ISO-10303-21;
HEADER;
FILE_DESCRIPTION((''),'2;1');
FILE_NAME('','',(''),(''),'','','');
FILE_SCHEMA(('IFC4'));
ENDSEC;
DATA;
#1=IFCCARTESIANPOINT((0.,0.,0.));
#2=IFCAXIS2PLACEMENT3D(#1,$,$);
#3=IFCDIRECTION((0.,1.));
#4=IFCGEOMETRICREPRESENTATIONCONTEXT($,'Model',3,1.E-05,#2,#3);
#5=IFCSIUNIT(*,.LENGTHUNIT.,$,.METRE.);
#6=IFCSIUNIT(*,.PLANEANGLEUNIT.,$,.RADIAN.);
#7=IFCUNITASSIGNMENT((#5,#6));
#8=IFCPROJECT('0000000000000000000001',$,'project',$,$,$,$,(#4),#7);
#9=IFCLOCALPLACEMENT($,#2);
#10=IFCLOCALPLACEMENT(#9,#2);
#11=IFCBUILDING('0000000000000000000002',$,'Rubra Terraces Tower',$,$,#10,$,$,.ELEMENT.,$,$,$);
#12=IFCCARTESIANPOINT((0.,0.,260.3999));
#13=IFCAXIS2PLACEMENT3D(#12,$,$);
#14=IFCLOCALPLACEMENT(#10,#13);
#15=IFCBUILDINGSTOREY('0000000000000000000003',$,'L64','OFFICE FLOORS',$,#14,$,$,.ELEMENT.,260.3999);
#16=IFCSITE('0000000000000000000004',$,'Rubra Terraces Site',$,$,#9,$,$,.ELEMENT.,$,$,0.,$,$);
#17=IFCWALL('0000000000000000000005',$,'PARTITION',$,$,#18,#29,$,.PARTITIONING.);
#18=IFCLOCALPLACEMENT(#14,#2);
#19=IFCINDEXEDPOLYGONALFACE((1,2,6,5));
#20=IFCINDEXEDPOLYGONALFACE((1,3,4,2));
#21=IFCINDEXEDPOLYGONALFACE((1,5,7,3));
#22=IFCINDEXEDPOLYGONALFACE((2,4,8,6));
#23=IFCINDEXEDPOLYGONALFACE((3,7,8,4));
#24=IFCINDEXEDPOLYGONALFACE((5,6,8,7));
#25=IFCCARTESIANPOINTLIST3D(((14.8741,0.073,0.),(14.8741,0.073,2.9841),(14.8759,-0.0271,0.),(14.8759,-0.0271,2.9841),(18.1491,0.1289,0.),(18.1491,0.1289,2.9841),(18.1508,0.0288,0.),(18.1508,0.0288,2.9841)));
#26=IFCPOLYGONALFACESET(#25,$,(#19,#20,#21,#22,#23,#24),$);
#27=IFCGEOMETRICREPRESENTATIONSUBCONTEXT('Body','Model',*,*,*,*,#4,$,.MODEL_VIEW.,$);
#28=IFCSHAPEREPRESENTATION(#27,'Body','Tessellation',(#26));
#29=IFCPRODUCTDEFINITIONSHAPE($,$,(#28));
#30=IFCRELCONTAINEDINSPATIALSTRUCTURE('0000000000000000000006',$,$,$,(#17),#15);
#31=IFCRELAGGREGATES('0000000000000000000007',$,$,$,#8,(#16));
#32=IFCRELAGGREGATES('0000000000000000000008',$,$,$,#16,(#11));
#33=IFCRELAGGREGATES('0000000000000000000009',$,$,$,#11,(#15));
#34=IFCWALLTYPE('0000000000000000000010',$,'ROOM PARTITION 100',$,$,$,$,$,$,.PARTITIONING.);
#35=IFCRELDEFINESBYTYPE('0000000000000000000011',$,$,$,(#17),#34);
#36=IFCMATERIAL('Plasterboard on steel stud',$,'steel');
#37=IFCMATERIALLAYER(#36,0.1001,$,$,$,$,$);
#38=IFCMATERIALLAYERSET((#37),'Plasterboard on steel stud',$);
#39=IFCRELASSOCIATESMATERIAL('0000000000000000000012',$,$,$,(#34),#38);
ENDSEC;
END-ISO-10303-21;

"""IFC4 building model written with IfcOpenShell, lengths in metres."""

from ifc_helpers import new_model, si_unit, direction, frame, frame_2d, origin, place, context, subcontext, project, spatial, rectangle, extrude, material, layer, layer_set, type_object, element, save


model = new_model("IFC4")

# Units and contexts
model_context = context("Model", 3, precision=1e-05, world=origin(), true_north=direction((0.0, 1.0)))
body_context = subcontext(model_context, "Body", "Model", "MODEL_VIEW")
ifc_project = project(units=[si_unit("LENGTHUNIT", "METRE"), si_unit("PLANEANGLEUNIT", "RADIAN")], contexts=[model_context])

# Site, building, storey
site_placement = place(None, origin())
site = spatial("IfcSite", under=ifc_project, at=site_placement, Name="Rubra Terraces Site", CompositionType="ELEMENT", RefElevation=0.0)
building_placement = place(site_placement, origin())
building = spatial("IfcBuilding", under=site, at=building_placement, Name="Rubra Terraces Tower", CompositionType="ELEMENT")
storey_placement = place(building_placement, frame((0.0, 0.0, 260.3999)))
storey = spatial("IfcBuildingStorey", under=building, at=storey_placement, Name="L64", Description="OFFICE FLOORS", CompositionType="ELEMENT", Elevation=260.3999)

# Shared definitions
ifc_material_1 = material(Name="Plasterboard on steel stud", Category="steel")
ifc_layer_1 = layer(ifc_material_1, 0.1001)
ifc_layer_set_1 = layer_set([ifc_layer_1], Name="Plasterboard on steel stud")
wall_type_1 = type_object("IfcWallType", Name="ROOM PARTITION 100", PredefinedType="PARTITIONING", material=ifc_layer_set_1)

# Wall
wall_1_placement = place(storey_placement, frame((14.875, 0.0229, 0.0), z_axis=(0.0, 0.0, 1.0), x_axis=(0.999854, 0.017069, 0.0)))
element("IfcWall", 1, at=wall_1_placement, inside=storey, type_object=wall_type_1, Name="PARTITION", PredefinedType="PARTITIONING", context=body_context, shape_type="SweptSolid", body=[
    extrude(rectangle(XDim=3.2754, YDim=0.1001, at=frame_2d((1.6377, 0.0))), origin(), (0.0, 0.0, 1.0), 2.9841),
])

save(model, "model.ifc")
